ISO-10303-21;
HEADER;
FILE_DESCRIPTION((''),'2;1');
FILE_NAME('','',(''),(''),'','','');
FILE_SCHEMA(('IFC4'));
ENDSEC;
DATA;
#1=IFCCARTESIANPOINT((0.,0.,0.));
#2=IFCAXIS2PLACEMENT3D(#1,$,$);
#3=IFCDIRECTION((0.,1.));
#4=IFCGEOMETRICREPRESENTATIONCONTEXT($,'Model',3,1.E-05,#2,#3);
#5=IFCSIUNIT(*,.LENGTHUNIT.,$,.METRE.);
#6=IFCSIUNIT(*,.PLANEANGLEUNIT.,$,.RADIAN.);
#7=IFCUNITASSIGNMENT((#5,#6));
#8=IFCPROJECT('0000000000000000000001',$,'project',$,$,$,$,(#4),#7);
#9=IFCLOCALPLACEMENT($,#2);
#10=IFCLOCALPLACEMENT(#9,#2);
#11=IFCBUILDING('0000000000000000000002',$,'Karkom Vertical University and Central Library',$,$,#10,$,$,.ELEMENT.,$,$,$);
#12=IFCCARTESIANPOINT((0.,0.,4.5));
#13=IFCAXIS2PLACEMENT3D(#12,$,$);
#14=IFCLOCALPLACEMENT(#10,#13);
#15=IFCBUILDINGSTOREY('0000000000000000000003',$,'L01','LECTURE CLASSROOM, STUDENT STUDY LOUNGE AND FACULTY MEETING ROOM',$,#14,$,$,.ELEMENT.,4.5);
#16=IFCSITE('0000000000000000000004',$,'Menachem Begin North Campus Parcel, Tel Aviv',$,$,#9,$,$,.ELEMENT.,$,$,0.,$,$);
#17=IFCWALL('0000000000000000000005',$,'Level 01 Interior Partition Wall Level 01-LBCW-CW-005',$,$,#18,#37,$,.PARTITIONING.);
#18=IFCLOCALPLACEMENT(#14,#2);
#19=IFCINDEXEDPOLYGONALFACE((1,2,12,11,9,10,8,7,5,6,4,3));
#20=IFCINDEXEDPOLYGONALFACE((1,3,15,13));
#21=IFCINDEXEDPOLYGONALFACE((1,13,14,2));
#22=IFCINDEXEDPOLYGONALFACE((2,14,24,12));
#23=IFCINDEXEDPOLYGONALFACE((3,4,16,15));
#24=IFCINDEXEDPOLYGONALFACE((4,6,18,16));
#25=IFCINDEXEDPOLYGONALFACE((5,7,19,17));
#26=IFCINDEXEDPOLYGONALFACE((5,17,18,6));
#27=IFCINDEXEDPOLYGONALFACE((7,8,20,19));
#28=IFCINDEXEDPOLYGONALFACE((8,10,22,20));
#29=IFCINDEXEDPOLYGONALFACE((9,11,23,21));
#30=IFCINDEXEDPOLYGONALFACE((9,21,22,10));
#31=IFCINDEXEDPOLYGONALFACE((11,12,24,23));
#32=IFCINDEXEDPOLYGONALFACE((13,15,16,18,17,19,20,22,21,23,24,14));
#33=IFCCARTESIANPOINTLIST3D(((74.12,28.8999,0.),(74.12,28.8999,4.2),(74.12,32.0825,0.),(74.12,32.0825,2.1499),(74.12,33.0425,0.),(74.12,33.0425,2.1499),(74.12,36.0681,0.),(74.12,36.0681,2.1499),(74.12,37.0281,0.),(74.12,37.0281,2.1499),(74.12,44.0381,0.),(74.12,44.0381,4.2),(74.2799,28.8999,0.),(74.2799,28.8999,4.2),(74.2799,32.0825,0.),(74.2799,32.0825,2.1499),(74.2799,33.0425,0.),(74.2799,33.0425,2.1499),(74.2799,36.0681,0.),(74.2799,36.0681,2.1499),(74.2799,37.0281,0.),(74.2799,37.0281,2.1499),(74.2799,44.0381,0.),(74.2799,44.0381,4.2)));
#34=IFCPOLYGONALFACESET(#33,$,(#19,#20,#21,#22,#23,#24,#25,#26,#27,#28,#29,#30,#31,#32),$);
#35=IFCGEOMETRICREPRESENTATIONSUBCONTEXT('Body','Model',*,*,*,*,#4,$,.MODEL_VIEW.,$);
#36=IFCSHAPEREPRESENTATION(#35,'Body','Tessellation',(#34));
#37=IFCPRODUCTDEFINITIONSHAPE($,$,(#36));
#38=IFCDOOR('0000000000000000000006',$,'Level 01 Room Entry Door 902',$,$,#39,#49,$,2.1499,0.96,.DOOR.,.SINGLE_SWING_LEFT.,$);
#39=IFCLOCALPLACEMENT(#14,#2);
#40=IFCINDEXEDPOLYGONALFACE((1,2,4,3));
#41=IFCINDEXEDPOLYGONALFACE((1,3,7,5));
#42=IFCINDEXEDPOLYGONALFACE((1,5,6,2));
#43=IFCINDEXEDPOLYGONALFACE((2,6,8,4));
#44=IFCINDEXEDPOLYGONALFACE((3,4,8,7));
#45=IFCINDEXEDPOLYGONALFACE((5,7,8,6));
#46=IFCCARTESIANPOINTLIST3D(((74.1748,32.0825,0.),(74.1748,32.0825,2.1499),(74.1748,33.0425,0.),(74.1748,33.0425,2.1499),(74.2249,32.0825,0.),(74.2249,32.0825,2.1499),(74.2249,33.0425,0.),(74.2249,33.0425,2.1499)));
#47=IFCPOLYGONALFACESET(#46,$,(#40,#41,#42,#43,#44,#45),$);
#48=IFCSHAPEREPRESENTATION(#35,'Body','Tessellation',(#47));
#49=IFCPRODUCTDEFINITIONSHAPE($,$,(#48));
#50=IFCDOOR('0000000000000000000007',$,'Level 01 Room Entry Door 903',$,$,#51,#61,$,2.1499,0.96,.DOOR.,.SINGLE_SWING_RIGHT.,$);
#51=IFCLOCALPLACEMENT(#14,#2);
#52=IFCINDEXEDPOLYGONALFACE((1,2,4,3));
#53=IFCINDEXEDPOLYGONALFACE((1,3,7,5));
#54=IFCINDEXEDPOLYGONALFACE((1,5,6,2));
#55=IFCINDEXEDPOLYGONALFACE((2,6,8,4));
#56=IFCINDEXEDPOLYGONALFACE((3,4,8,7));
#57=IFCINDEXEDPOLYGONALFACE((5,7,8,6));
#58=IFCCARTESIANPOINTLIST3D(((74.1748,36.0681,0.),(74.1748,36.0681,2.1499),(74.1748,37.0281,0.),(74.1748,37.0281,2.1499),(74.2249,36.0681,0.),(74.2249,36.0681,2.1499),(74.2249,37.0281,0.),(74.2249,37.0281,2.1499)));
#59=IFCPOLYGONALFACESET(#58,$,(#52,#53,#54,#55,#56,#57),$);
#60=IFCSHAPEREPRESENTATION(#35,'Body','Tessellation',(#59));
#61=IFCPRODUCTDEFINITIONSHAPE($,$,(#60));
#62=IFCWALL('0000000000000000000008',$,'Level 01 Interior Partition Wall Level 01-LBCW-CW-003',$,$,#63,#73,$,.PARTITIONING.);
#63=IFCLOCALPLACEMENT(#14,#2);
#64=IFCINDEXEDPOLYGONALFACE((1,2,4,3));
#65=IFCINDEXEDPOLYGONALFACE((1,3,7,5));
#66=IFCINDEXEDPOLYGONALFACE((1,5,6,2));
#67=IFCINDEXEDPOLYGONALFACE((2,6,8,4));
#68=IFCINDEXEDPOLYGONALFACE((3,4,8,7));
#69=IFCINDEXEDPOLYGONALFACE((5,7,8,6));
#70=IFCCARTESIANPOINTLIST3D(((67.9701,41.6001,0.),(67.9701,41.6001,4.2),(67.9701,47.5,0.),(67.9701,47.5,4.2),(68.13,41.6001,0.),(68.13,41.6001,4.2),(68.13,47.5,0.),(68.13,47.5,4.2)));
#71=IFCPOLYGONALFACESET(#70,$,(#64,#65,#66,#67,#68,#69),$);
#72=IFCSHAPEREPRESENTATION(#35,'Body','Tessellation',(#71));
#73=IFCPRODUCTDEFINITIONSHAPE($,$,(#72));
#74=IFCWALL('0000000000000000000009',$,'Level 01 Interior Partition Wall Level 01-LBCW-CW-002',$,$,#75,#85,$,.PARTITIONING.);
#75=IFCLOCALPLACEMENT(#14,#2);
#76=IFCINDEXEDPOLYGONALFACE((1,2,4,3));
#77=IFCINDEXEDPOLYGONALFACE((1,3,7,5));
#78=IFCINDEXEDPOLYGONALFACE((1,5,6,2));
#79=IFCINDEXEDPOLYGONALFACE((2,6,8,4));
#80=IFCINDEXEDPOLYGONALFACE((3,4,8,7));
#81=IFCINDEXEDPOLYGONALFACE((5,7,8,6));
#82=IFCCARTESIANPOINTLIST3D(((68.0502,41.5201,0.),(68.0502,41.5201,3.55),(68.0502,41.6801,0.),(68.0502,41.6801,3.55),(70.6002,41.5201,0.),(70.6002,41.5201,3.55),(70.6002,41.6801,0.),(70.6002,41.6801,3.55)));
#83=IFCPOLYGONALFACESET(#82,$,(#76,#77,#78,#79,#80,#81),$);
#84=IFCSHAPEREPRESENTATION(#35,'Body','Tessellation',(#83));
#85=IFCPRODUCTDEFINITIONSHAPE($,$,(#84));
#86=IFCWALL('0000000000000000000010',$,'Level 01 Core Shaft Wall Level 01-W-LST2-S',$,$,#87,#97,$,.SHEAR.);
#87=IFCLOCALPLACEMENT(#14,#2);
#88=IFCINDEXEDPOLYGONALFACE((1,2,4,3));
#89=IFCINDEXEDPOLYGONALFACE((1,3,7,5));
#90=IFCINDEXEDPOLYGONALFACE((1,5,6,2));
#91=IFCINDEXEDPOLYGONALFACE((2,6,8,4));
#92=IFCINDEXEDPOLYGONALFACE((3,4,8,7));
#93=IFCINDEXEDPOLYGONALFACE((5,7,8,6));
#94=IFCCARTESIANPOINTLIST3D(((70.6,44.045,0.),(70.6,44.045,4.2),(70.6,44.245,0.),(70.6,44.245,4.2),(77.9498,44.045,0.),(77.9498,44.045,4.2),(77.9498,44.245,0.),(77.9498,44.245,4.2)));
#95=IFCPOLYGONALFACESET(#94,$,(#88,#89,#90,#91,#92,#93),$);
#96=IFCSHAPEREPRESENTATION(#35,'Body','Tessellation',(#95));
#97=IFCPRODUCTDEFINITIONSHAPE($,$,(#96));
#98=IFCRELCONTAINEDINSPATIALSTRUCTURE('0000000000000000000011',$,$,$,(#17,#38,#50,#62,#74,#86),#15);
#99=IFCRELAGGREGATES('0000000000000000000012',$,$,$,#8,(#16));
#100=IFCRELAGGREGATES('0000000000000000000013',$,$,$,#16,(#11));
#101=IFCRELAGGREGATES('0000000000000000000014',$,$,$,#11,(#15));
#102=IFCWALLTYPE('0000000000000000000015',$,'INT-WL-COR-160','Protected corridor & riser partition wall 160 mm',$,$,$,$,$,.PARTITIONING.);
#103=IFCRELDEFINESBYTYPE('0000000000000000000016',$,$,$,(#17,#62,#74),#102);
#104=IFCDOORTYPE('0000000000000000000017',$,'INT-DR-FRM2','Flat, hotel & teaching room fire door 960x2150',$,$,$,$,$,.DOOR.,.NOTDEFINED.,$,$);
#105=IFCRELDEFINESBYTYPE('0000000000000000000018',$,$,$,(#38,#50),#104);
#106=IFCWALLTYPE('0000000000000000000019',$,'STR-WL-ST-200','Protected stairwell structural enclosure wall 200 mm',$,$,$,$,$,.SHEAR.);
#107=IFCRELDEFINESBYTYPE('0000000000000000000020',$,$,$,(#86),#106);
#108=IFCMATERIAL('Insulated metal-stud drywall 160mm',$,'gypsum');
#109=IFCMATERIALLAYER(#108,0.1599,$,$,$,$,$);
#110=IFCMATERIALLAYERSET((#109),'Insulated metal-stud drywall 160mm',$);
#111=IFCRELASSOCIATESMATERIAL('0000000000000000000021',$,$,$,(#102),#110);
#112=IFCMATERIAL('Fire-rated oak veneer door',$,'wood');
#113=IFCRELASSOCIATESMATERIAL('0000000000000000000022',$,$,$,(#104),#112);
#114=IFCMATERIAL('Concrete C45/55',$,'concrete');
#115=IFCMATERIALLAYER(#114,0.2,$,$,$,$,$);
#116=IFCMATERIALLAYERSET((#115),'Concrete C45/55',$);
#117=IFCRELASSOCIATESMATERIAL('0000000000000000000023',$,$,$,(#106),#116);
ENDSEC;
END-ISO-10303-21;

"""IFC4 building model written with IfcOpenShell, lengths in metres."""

from ifc_helpers import new_model, si_unit, direction, frame, frame_2d, origin, origin_with_axes, place, context, subcontext, project, spatial, rectangle, extrude, source, transform, mapped, material, layer, layer_set, type_object, element, fill, save


model = new_model("IFC4")

# Units and contexts
model_context = context("Model", 3, precision=1e-05, world=origin(), true_north=direction((0.0, 1.0)))
body_context = subcontext(model_context, "Body", "Model", "MODEL_VIEW")
ifc_project = project(units=[si_unit("LENGTHUNIT", "METRE"), si_unit("PLANEANGLEUNIT", "RADIAN")], contexts=[model_context])

# Site, building, storey
site_placement = place(None, origin())
site = spatial("IfcSite", under=ifc_project, at=site_placement, Name="Menachem Begin North Campus Parcel, Tel Aviv", CompositionType="ELEMENT", RefElevation=0.0)
building_placement = place(site_placement, origin())
building = spatial("IfcBuilding", under=site, at=building_placement, Name="Karkom Vertical University and Central Library", CompositionType="ELEMENT")
storey_placement = place(building_placement, frame((0.0, 0.0, 4.5)))
storey = spatial("IfcBuildingStorey", under=building, at=storey_placement, Name="L01", Description="LECTURE CLASSROOM, STUDENT STUDY LOUNGE AND FACULTY MEETING ROOM", CompositionType="ELEMENT", Elevation=4.5)

# Shared definitions
ifc_material_1 = material(Name="Concrete C45/55", Category="concrete")

# Wall, openings, doors
ifc_material_2 = material(Name="Insulated metal-stud drywall 160mm", Category="gypsum")
ifc_layer_1 = layer(ifc_material_2, 0.1599)
ifc_layer_set_1 = layer_set([ifc_layer_1], Name="Insulated metal-stud drywall 160mm")
wall_type_1 = type_object("IfcWallType", Name="INT-WL-COR-160", Description="Protected corridor & riser partition wall 160 mm", PredefinedType="PARTITIONING", material=ifc_layer_set_1)
wall_1_placement = place(storey_placement, frame((74.2, 44.0381, 0.0), z_axis=(0.0, 0.0, 1.0), x_axis=(0.0, -1.0, 0.0)))
wall_1 = element("IfcWall", 1, at=wall_1_placement, inside=storey, type_object=wall_type_1, Name="Level 01 Interior Partition Wall Level 01-LBCW-CW-005", PredefinedType="PARTITIONING", context=body_context, shape_type="SweptSolid", body=[
    extrude(rectangle(XDim=15.1382, YDim=0.1599, at=frame_2d((7.5691, 0.0))), origin(), (0.0, 0.0, 1.0), 4.2),
])
opening_1_placement = place(wall_1_placement, frame((10.9956, 0.0, 0.0)))
opening_1 = element("IfcOpeningElement", 2, at=opening_1_placement, cuts=wall_1, PredefinedType="OPENING", context=body_context, shape_type="SweptSolid", body=[
    extrude(rectangle(XDim=0.96, YDim=2.1499, at=frame_2d((0.48, 1.075))), frame((0.0, 0.0898, 0.0), z_axis=(0.0, -1.0, 0.0), x_axis=(1.0, 0.0, 0.0)), (0.0, 0.0, 1.0), 0.1799),
])
opening_2_placement = place(wall_1_placement, frame((7.01, 0.0, 0.0)))
opening_2 = element("IfcOpeningElement", 3, at=opening_2_placement, cuts=wall_1, PredefinedType="OPENING", context=body_context, shape_type="SweptSolid", body=[
    extrude(rectangle(XDim=0.96, YDim=2.1499, at=frame_2d((0.48, 1.075))), frame((0.0, 0.0898, 0.0), z_axis=(0.0, -1.0, 0.0), x_axis=(1.0, 0.0, 0.0)), (0.0, 0.0, 1.0), 0.1799),
])
ifc_material_3 = material(Name="Fire-rated oak veneer door", Category="wood")
door_type_1 = type_object("IfcDoorType", Name="INT-DR-FRM2", Description="Flat, hotel & teaching room fire door 960x2150", OperationType="NOTDEFINED", PredefinedType="DOOR", material=ifc_material_3)
shared_shape_1 = source(origin_with_axes(), body_context, "Body", "SweptSolid", [
    extrude(rectangle(XDim=0.96, YDim=2.1499, at=frame_2d((0.48, 1.075))), frame((0.0, 0.0249, 0.0), z_axis=(0.0, -1.0, 0.0), x_axis=(1.0, 0.0, 0.0)), (0.0, 0.0, 1.0), 0.05),
])
door_1_placement = place(opening_1_placement, origin())
door_1 = element("IfcDoor", 4, at=door_1_placement, inside=storey, type_object=door_type_1, Name="Level 01 Room Entry Door 902", OperationType="SINGLE_SWING_LEFT", OverallHeight=2.1499, OverallWidth=0.96, PredefinedType="DOOR", context=body_context, shape_type="MappedRepresentation", body=[
    mapped(shared_shape_1, transform((0.0, 0.0, 0.0), scale=1.0)),
])
fill(opening_1, door_1)
door_2_placement = place(opening_2_placement, origin())
door_2 = element("IfcDoor", 5, at=door_2_placement, inside=storey, type_object=door_type_1, Name="Level 01 Room Entry Door 903", OperationType="SINGLE_SWING_RIGHT", OverallHeight=2.1499, OverallWidth=0.96, PredefinedType="DOOR", context=body_context, shape_type="MappedRepresentation", body=[
    mapped(shared_shape_1, transform((0.0, 0.0, 0.0), scale=1.0)),
])
fill(opening_2, door_2)

# Walls
wall_2_placement = place(storey_placement, frame((68.05, 41.6001, 0.0), z_axis=(0.0, 0.0, 1.0), x_axis=(0.0, 1.0, 0.0)))
element("IfcWall", 6, at=wall_2_placement, inside=storey, type_object=wall_type_1, Name="Level 01 Interior Partition Wall Level 01-LBCW-CW-003", PredefinedType="PARTITIONING", context=body_context, shape_type="SweptSolid", body=[
    extrude(rectangle(XDim=5.8999, YDim=0.1599, at=frame_2d((2.95, 0.0))), origin(), (0.0, 0.0, 1.0), 4.2),
])
wall_3_placement = place(storey_placement, frame((70.6001, 41.6001, 0.0), z_axis=(0.0, 0.0, 1.0), x_axis=(-1.0, 0.0, 0.0)))
element("IfcWall", 7, at=wall_3_placement, inside=storey, type_object=wall_type_1, Name="Level 01 Interior Partition Wall Level 01-LBCW-CW-002", PredefinedType="PARTITIONING", context=body_context, shape_type="SweptSolid", body=[
    extrude(rectangle(XDim=2.55, YDim=0.1599, at=frame_2d((1.2749, 0.0))), origin(), (0.0, 0.0, 1.0), 3.55),
])
ifc_layer_2 = layer(ifc_material_1, 0.2)
ifc_layer_set_2 = layer_set([ifc_layer_2], Name="Concrete C45/55")
wall_type_2 = type_object("IfcWallType", Name="STR-WL-ST-200", Description="Protected stairwell structural enclosure wall 200 mm", PredefinedType="SHEAR", material=ifc_layer_set_2)
wall_4_placement = place(storey_placement, frame((70.6001, 44.145, 0.0), z_axis=(0.0, 0.0, 1.0), x_axis=(1.0, 0.0, 0.0)))
element("IfcWall", 8, at=wall_4_placement, inside=storey, type_object=wall_type_2, Name="Level 01 Core Shaft Wall Level 01-W-LST2-S", PredefinedType="SHEAR", context=body_context, shape_type="SweptSolid", body=[
    extrude(rectangle(XDim=7.3499, YDim=0.2, at=frame_2d((3.6748, 0.0))), origin(), (0.0, 0.0, 1.0), 4.2),
])

save(model, "model.ifc")
